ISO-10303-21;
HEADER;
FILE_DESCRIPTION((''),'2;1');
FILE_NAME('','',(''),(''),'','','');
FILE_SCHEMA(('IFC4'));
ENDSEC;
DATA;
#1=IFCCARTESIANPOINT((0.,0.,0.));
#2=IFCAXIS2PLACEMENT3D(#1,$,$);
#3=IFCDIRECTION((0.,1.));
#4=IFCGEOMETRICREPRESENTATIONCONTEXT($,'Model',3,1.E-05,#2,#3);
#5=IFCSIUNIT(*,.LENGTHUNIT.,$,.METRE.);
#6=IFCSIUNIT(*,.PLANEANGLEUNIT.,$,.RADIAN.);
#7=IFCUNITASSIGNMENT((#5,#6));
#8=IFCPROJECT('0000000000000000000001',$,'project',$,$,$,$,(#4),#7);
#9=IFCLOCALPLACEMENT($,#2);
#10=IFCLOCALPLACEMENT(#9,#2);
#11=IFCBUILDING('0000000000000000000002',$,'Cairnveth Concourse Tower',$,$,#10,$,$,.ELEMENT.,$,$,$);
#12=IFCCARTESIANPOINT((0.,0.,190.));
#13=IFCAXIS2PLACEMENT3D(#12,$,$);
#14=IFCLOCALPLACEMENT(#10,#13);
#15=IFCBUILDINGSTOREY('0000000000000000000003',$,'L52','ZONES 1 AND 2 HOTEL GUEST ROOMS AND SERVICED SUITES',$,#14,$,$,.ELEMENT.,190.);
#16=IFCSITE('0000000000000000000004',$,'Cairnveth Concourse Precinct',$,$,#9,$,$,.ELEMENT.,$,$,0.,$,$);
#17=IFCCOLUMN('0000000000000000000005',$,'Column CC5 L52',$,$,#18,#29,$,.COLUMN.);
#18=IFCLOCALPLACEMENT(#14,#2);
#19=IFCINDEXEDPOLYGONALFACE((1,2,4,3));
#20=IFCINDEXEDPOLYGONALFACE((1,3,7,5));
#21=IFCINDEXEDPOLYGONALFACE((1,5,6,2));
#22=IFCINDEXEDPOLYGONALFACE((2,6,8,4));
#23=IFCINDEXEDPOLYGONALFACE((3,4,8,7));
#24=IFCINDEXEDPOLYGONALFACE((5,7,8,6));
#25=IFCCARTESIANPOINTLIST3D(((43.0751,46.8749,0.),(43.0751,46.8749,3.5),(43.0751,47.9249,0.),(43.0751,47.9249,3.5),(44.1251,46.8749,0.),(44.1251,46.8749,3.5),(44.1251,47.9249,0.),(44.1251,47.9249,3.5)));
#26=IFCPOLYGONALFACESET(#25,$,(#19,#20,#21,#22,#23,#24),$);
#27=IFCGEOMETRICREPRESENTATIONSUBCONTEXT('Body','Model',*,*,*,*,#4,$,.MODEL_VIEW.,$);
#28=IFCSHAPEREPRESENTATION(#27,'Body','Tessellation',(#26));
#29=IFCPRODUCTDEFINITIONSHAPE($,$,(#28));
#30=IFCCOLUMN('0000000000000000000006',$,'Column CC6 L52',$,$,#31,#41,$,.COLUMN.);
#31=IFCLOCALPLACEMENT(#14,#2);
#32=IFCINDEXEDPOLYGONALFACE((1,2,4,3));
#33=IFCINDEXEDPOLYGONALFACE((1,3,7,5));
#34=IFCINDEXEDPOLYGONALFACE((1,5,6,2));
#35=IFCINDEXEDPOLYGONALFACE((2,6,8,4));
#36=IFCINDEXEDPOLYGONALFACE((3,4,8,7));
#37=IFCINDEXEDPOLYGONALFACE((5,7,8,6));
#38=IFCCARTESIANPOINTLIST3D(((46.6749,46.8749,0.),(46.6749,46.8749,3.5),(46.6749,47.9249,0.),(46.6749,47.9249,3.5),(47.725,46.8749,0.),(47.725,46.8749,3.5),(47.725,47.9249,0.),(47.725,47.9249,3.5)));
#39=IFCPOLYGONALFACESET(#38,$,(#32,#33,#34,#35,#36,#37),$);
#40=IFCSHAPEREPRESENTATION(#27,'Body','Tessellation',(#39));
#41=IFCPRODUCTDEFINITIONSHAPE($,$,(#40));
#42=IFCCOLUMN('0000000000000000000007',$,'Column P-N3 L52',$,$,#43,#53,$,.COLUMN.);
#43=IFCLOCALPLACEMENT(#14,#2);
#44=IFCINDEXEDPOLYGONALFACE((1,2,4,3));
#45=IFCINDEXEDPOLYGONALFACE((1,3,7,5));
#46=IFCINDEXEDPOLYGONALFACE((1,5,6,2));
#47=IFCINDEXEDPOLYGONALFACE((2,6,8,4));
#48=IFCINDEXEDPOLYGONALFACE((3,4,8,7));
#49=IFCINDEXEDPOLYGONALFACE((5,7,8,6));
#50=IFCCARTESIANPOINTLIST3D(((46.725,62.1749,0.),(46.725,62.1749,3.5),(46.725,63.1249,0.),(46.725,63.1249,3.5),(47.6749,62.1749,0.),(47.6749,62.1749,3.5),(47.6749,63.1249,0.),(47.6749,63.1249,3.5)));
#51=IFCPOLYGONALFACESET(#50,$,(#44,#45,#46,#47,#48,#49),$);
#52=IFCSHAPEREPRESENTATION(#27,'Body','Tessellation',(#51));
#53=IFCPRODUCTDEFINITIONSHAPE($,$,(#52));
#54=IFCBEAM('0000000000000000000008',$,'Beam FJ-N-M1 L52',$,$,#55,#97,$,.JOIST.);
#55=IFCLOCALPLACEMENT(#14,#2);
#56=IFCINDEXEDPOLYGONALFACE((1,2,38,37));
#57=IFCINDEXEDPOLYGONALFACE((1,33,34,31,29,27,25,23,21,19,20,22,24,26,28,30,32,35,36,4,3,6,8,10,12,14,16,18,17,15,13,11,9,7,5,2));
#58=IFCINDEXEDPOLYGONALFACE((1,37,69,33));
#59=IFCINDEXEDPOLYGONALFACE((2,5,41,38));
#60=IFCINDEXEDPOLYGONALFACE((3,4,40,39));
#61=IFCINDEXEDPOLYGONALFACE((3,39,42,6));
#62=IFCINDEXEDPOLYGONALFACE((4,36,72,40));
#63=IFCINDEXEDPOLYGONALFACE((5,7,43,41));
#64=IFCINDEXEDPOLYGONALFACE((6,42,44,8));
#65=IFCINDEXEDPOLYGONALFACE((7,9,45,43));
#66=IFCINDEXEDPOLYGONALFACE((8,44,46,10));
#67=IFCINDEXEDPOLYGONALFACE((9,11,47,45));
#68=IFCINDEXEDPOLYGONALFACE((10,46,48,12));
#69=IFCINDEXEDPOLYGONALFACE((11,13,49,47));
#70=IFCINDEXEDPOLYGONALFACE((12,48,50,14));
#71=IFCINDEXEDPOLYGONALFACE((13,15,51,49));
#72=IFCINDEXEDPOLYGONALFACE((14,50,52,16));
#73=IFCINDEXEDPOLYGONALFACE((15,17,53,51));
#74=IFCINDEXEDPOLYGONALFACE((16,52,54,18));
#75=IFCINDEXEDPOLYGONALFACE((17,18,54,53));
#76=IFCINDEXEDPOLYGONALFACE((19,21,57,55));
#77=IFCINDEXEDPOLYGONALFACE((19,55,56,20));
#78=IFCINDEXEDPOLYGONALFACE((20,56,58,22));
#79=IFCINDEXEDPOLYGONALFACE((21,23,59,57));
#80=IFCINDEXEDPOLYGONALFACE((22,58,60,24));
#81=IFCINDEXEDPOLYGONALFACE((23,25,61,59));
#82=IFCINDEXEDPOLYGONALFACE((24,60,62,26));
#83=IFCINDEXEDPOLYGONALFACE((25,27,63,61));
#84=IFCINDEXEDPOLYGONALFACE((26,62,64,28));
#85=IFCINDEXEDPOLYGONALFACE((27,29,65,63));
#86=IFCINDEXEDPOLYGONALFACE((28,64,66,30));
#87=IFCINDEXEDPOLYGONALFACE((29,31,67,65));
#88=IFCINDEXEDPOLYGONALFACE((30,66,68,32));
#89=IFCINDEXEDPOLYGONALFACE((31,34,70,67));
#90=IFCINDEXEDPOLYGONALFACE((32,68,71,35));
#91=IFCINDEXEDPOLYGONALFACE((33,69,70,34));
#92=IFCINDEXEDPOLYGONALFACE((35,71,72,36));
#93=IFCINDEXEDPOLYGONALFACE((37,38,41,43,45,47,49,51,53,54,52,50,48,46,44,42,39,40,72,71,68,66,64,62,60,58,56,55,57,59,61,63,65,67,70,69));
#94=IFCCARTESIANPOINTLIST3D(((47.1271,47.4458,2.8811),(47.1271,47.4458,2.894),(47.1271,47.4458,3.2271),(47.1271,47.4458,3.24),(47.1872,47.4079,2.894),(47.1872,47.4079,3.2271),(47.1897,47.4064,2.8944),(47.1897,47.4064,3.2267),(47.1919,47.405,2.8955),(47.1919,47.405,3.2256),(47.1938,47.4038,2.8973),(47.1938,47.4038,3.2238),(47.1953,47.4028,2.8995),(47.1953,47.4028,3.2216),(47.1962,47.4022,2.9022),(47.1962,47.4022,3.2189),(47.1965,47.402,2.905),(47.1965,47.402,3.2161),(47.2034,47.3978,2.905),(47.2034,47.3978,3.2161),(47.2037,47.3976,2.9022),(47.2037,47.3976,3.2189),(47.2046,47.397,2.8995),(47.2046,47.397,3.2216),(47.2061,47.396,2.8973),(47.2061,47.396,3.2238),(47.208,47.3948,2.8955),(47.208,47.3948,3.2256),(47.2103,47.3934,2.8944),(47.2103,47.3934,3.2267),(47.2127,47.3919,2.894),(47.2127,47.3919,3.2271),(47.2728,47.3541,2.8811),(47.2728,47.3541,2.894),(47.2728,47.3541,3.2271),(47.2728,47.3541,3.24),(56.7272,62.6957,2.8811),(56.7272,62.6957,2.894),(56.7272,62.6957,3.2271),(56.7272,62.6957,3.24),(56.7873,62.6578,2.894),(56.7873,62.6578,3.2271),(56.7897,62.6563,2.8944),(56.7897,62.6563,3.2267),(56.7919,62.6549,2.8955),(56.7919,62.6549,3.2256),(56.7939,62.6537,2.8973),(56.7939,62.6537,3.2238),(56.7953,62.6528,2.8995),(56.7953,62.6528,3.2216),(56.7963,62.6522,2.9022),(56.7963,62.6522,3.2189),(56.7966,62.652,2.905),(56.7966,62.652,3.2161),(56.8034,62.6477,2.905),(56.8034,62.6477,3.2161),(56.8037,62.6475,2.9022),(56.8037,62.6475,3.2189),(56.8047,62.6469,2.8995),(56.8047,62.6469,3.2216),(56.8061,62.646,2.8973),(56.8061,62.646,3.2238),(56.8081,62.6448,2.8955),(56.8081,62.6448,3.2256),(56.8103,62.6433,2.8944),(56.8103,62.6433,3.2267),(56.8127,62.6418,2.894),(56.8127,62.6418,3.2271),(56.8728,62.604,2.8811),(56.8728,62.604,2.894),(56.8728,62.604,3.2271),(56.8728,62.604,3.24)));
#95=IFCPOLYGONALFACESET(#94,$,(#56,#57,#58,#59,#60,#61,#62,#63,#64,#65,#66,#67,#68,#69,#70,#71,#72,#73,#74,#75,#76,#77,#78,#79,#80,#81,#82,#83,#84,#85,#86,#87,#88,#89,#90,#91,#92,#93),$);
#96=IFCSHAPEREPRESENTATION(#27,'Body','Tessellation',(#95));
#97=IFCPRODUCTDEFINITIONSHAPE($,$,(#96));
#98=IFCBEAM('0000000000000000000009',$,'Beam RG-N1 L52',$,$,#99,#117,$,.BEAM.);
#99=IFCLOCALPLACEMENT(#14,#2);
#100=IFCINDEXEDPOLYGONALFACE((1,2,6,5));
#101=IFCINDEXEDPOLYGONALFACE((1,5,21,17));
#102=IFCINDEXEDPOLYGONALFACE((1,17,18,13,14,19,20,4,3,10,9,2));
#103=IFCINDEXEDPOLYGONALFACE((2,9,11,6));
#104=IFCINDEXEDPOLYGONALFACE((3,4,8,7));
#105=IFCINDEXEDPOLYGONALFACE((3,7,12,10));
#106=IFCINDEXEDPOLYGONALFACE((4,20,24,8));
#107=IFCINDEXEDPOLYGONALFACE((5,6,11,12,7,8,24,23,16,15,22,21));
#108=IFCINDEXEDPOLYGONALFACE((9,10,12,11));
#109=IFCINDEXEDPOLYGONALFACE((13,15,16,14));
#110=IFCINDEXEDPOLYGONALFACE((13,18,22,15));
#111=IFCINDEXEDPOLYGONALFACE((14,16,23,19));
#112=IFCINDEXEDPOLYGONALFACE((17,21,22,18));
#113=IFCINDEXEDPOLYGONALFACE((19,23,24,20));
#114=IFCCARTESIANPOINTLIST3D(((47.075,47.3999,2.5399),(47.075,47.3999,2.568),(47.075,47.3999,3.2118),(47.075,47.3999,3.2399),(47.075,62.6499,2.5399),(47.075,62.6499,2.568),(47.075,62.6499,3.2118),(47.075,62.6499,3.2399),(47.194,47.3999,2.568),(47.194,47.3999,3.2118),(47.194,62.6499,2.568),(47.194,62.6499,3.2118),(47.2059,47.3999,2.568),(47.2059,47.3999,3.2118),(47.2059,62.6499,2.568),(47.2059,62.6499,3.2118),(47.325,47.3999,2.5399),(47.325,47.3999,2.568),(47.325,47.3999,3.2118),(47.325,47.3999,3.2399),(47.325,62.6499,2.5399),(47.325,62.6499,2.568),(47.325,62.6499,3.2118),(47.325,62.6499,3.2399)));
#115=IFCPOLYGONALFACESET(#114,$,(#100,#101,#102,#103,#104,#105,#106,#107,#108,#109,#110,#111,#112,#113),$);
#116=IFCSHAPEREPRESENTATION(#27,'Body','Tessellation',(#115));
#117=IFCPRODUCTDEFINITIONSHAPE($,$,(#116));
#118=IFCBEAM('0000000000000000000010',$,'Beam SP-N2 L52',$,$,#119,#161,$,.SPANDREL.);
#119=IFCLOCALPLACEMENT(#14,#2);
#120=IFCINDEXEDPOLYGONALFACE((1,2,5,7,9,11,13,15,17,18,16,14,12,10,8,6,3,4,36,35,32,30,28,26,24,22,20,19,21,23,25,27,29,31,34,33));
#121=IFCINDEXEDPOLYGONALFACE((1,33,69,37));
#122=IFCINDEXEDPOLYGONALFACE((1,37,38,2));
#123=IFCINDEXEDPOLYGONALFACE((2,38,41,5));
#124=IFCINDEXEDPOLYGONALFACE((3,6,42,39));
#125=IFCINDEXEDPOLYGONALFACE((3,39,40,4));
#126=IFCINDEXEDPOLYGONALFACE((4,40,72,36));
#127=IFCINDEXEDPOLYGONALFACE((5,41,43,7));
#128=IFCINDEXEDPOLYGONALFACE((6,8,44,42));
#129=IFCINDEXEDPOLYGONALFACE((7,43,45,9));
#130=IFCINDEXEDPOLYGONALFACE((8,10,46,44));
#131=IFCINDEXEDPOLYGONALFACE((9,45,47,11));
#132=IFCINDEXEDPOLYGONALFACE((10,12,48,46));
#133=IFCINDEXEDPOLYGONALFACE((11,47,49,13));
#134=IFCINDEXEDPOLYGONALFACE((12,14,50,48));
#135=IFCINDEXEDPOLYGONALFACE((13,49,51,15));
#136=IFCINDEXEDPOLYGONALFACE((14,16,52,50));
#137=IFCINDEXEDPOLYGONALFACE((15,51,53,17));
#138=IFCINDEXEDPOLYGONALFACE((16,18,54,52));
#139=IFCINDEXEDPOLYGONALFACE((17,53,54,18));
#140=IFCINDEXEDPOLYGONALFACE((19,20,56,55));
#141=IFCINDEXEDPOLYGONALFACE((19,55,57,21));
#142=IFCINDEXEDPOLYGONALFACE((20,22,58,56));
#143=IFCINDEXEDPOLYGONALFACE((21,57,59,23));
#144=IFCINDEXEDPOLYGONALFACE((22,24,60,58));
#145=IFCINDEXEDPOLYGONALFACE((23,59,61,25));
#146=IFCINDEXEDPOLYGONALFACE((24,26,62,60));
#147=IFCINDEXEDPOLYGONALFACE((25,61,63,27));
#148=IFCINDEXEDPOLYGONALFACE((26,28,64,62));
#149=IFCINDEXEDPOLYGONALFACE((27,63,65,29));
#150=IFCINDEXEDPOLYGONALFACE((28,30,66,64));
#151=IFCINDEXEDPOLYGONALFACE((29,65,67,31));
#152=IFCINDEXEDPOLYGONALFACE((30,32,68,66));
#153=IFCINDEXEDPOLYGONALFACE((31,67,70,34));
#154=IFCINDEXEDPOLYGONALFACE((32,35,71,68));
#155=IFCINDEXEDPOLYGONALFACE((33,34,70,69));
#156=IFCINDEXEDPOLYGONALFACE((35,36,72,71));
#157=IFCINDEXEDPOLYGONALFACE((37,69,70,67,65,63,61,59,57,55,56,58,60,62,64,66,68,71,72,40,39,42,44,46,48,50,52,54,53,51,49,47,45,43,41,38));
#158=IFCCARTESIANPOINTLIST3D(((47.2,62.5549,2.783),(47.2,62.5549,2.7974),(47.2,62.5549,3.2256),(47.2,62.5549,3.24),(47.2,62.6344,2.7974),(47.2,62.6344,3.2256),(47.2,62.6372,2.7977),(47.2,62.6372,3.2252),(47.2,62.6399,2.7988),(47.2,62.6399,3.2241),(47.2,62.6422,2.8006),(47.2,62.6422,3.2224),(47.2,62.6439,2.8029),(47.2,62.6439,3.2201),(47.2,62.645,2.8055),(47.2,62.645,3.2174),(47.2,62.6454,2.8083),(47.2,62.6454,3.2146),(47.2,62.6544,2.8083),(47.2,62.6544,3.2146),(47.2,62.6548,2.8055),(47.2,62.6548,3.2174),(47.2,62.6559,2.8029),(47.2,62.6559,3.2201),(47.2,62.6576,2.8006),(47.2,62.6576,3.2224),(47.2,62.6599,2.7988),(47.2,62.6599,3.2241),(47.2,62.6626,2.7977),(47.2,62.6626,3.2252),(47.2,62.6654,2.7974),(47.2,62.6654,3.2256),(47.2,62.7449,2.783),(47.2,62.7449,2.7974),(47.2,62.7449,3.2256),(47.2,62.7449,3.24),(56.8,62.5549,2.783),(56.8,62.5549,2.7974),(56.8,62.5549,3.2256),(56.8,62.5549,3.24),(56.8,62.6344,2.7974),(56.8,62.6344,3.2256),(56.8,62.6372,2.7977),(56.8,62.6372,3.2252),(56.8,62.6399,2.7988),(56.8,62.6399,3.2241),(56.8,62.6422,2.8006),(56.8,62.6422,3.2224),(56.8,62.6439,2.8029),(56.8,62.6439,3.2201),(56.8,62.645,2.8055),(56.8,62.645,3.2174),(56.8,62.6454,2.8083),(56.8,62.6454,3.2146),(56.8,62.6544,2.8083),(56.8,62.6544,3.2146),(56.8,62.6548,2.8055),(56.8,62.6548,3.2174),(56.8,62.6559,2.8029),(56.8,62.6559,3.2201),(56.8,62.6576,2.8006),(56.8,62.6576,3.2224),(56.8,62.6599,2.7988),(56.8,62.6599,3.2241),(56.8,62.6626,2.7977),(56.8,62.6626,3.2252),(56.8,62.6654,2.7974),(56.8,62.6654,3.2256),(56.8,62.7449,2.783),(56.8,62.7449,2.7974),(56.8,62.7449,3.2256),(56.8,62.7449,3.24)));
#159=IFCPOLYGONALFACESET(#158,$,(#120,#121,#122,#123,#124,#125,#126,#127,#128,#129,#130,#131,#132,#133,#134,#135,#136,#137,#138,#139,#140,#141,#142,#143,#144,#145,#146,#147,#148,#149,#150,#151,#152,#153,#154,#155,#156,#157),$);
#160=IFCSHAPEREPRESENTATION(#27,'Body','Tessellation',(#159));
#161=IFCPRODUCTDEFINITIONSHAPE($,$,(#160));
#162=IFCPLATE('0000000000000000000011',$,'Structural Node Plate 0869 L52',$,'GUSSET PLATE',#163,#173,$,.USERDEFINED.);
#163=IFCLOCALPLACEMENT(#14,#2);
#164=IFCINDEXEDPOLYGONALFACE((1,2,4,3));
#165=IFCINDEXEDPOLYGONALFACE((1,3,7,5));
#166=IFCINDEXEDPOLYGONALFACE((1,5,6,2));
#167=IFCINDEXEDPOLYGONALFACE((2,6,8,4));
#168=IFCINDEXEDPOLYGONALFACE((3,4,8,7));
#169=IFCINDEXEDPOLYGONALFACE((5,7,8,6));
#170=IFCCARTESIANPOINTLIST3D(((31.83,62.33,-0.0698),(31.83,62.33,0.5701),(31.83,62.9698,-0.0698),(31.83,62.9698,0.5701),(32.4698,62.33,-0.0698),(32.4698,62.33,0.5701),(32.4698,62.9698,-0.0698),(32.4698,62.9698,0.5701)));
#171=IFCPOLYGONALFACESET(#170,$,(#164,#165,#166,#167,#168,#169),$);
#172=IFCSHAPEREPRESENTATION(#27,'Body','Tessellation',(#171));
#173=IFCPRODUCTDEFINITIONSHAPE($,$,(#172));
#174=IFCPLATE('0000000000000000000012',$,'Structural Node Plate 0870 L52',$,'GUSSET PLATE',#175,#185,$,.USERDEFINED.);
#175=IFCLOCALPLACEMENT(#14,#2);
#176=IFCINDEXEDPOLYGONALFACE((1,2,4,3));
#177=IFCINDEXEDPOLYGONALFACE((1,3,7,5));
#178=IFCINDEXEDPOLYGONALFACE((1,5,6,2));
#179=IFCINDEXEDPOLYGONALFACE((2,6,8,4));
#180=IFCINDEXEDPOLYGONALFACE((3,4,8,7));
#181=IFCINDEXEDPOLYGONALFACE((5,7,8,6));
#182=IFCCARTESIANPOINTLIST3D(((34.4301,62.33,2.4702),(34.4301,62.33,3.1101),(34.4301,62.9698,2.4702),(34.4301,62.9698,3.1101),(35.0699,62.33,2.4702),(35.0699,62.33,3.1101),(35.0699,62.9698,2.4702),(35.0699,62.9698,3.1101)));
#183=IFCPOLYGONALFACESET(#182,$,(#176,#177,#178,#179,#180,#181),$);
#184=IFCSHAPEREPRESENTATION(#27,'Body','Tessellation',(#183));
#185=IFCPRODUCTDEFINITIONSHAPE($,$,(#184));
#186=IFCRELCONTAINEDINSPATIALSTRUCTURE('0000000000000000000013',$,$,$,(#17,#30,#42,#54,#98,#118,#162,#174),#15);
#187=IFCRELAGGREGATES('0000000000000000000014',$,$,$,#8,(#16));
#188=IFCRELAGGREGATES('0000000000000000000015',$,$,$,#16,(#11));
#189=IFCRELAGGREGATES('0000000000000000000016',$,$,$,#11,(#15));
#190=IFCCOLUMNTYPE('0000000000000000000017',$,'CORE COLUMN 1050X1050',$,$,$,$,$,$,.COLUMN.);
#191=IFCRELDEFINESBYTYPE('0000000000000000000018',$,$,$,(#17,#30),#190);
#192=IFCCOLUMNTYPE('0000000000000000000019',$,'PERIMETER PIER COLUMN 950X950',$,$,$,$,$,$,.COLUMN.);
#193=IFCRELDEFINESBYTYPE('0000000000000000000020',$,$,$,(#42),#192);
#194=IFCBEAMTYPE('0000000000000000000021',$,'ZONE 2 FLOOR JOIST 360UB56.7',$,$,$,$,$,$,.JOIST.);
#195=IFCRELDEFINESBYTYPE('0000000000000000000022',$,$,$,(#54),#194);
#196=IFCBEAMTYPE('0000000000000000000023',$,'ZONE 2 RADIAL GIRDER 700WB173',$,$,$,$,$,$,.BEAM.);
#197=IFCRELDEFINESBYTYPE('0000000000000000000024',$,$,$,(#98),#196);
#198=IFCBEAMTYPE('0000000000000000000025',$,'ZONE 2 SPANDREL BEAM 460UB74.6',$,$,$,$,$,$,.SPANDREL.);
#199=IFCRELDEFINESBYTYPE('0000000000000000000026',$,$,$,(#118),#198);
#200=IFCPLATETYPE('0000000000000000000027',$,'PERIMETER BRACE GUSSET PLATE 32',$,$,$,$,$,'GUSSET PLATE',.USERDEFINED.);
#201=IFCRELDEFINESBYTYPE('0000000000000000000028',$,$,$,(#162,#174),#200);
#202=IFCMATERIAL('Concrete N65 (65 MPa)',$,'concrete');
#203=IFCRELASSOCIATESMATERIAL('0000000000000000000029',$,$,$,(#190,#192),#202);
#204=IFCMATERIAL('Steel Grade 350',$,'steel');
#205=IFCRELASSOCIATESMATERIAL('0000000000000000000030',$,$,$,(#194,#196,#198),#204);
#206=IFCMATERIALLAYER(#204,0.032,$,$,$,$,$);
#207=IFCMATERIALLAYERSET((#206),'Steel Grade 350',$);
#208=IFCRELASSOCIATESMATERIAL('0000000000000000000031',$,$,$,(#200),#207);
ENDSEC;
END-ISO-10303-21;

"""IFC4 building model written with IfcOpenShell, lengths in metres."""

from ifc_helpers import new_model, si_unit, direction, frame, origin, origin_2d, place, context, subcontext, project, spatial, rectangle, i_section, extrude, material, layer, layer_set, material_profile, profile_set, type_object, element, save


model = new_model("IFC4")

# Units and contexts
model_context = context("Model", 3, precision=1e-05, world=origin(), true_north=direction((0.0, 1.0)))
body_context = subcontext(model_context, "Body", "Model", "MODEL_VIEW")
ifc_project = project(units=[si_unit("LENGTHUNIT", "METRE"), si_unit("PLANEANGLEUNIT", "RADIAN")], contexts=[model_context])

# Site, building, storey
site_placement = place(None, origin())
site = spatial("IfcSite", under=ifc_project, at=site_placement, Name="Cairnveth Concourse Precinct", CompositionType="ELEMENT", RefElevation=0.0)
building_placement = place(site_placement, origin())
building = spatial("IfcBuilding", under=site, at=building_placement, Name="Cairnveth Concourse Tower", CompositionType="ELEMENT")
storey_placement = place(building_placement, frame((0.0, 0.0, 190.0)))
storey = spatial("IfcBuildingStorey", under=building, at=storey_placement, Name="L52", Description="ZONES 1 AND 2 HOTEL GUEST ROOMS AND SERVICED SUITES", CompositionType="ELEMENT", Elevation=190.0)

# Columns
ifc_material_1 = material(Name="Concrete N65 (65 MPa)", Category="concrete")
ifc_material_profile_1 = material_profile(ifc_material_1, rectangle(XDim=1.05, YDim=1.05, at=origin_2d()), Name="RC-COL-1050x1050")
ifc_profile_set_1 = profile_set([ifc_material_profile_1], Name="Concrete N65 (65 MPa)")
column_type_1 = type_object("IfcColumnType", Name="CORE COLUMN 1050X1050", PredefinedType="COLUMN", material=ifc_profile_set_1)
for number, where, z_axis, x_axis, name in (
    (1, (43.6001, 47.3999, 0.0), (0.0, 0.0, 1.0), (1.0, 0.0, 0.0), "Column CC5 L52"),
    (2, (47.2, 47.3999, 0.0), (0.0, 0.0, 1.0), (1.0, 0.0, 0.0), "Column CC6 L52"),
):
    element("IfcColumn", number, at=place(storey_placement, frame(where, z_axis=z_axis, x_axis=x_axis)), inside=storey, type_object=column_type_1, Name=name, PredefinedType="COLUMN", context=body_context, shape_type="SweptSolid", body=[
        extrude(rectangle(XDim=1.05, YDim=1.05, at=origin_2d()), origin(), (0.0, 0.0, 1.0), 3.5),
    ])
ifc_material_profile_2 = material_profile(ifc_material_1, rectangle(XDim=0.95, YDim=0.95, at=origin_2d()), Name="RC-COL-950x950")
ifc_profile_set_2 = profile_set([ifc_material_profile_2], Name="Concrete N65 (65 MPa)")
column_type_2 = type_object("IfcColumnType", Name="PERIMETER PIER COLUMN 950X950", PredefinedType="COLUMN", material=ifc_profile_set_2)
column_placement = place(storey_placement, frame((47.2, 62.6499, 0.0), z_axis=(0.0, 0.0, 1.0), x_axis=(1.0, 0.0, 0.0)))
element("IfcColumn", 3, at=column_placement, inside=storey, type_object=column_type_2, Name="Column P-N3 L52", PredefinedType="COLUMN", context=body_context, shape_type="SweptSolid", body=[
    extrude(rectangle(XDim=0.95, YDim=0.95, at=origin_2d()), origin(), (0.0, 0.0, 1.0), 3.5),
])

# Beams
ifc_material_2 = material(Name="Steel Grade 350", Category="steel")
ifc_material_profile_3 = material_profile(ifc_material_2, i_section(OverallWidth=0.1721, OverallDepth=0.3589, WebThickness=0.0081, FlangeThickness=0.0129, FilletRadius=0.011, at=origin_2d()), Name="360UB56.7")
ifc_profile_set_3 = profile_set([ifc_material_profile_3], Name="Steel Grade 350")
beam_type_1 = type_object("IfcBeamType", Name="ZONE 2 FLOOR JOIST 360UB56.7", PredefinedType="JOIST", material=ifc_profile_set_3)
beam_1_placement = place(storey_placement, frame((47.2, 47.3999, 3.0605), z_axis=(0.532744, 0.846277, 0.0), x_axis=(-0.846277, 0.532744, 0.0)))
element("IfcBeam", 4, at=beam_1_placement, inside=storey, type_object=beam_type_1, Name="Beam FJ-N-M1 L52", PredefinedType="JOIST", context=body_context, shape_type="SweptSolid", body=[
    extrude(i_section(OverallWidth=0.1721, OverallDepth=0.3589, WebThickness=0.0081, FlangeThickness=0.0129, FilletRadius=0.011, at=origin_2d()), origin(), (0.0, 0.0, 1.0), 18.02),
])
ifc_material_profile_4 = material_profile(ifc_material_2, i_section(OverallWidth=0.25, OverallDepth=0.7, WebThickness=0.012, FlangeThickness=0.0281, at=origin_2d()), Name="700WB173")
ifc_profile_set_4 = profile_set([ifc_material_profile_4], Name="Steel Grade 350")
beam_type_2 = type_object("IfcBeamType", Name="ZONE 2 RADIAL GIRDER 700WB173", PredefinedType="BEAM", material=ifc_profile_set_4)
beam_2_placement = place(storey_placement, frame((47.2, 47.3999, 2.8899), z_axis=(0.0, 1.0, 0.0), x_axis=(-1.0, 0.0, 0.0)))
element("IfcBeam", 5, at=beam_2_placement, inside=storey, type_object=beam_type_2, Name="Beam RG-N1 L52", PredefinedType="BEAM", context=body_context, shape_type="SweptSolid", body=[
    extrude(i_section(OverallWidth=0.25, OverallDepth=0.7, WebThickness=0.012, FlangeThickness=0.0281, at=origin_2d()), origin(), (0.0, 0.0, 1.0), 15.25),
])
ifc_material_profile_5 = material_profile(ifc_material_2, i_section(OverallWidth=0.1899, OverallDepth=0.457, WebThickness=0.009, FlangeThickness=0.0144, FilletRadius=0.011, at=origin_2d()), Name="460UB74.6")
ifc_profile_set_5 = profile_set([ifc_material_profile_5], Name="Steel Grade 350")
beam_type_3 = type_object("IfcBeamType", Name="ZONE 2 SPANDREL BEAM 460UB74.6", PredefinedType="SPANDREL", material=ifc_profile_set_5)
beam_3_placement = place(storey_placement, frame((47.2, 62.6499, 3.0115), z_axis=(1.0, 0.0, 0.0), x_axis=(0.0, 1.0, 0.0)))
element("IfcBeam", 6, at=beam_3_placement, inside=storey, type_object=beam_type_3, Name="Beam SP-N2 L52", PredefinedType="SPANDREL", context=body_context, shape_type="SweptSolid", body=[
    extrude(i_section(OverallWidth=0.1899, OverallDepth=0.457, WebThickness=0.009, FlangeThickness=0.0144, FilletRadius=0.011, at=origin_2d()), origin(), (0.0, 0.0, 1.0), 9.6001),
])

# Plates
ifc_layer_1 = layer(ifc_material_2, 0.032)
ifc_layer_set_1 = layer_set([ifc_layer_1], Name="Steel Grade 350")
plate_type = type_object("IfcPlateType", Name="PERIMETER BRACE GUSSET PLATE 32", ElementType="GUSSET PLATE", PredefinedType="USERDEFINED", material=ifc_layer_set_1)
for number, where, z_axis, x_axis, name in (
    (7, (32.1499, 62.6499, -0.0698), (0.0, 0.0, 1.0), (1.0, 0.0, 0.0), "Structural Node Plate 0869 L52"),
    (8, (34.75, 62.6499, 2.4702), (0.0, 0.0, 1.0), (1.0, 0.0, 0.0), "Structural Node Plate 0870 L52"),
):
    element("IfcPlate", number, at=place(storey_placement, frame(where, z_axis=z_axis, x_axis=x_axis)), inside=storey, type_object=plate_type, Name=name, ObjectType="GUSSET PLATE", PredefinedType="USERDEFINED", context=body_context, shape_type="SweptSolid", body=[
        extrude(rectangle(XDim=0.6399, YDim=0.6399, at=origin_2d()), origin(), (0.0, 0.0, 1.0), 0.6399),
    ])

save(model, "model.ifc")
